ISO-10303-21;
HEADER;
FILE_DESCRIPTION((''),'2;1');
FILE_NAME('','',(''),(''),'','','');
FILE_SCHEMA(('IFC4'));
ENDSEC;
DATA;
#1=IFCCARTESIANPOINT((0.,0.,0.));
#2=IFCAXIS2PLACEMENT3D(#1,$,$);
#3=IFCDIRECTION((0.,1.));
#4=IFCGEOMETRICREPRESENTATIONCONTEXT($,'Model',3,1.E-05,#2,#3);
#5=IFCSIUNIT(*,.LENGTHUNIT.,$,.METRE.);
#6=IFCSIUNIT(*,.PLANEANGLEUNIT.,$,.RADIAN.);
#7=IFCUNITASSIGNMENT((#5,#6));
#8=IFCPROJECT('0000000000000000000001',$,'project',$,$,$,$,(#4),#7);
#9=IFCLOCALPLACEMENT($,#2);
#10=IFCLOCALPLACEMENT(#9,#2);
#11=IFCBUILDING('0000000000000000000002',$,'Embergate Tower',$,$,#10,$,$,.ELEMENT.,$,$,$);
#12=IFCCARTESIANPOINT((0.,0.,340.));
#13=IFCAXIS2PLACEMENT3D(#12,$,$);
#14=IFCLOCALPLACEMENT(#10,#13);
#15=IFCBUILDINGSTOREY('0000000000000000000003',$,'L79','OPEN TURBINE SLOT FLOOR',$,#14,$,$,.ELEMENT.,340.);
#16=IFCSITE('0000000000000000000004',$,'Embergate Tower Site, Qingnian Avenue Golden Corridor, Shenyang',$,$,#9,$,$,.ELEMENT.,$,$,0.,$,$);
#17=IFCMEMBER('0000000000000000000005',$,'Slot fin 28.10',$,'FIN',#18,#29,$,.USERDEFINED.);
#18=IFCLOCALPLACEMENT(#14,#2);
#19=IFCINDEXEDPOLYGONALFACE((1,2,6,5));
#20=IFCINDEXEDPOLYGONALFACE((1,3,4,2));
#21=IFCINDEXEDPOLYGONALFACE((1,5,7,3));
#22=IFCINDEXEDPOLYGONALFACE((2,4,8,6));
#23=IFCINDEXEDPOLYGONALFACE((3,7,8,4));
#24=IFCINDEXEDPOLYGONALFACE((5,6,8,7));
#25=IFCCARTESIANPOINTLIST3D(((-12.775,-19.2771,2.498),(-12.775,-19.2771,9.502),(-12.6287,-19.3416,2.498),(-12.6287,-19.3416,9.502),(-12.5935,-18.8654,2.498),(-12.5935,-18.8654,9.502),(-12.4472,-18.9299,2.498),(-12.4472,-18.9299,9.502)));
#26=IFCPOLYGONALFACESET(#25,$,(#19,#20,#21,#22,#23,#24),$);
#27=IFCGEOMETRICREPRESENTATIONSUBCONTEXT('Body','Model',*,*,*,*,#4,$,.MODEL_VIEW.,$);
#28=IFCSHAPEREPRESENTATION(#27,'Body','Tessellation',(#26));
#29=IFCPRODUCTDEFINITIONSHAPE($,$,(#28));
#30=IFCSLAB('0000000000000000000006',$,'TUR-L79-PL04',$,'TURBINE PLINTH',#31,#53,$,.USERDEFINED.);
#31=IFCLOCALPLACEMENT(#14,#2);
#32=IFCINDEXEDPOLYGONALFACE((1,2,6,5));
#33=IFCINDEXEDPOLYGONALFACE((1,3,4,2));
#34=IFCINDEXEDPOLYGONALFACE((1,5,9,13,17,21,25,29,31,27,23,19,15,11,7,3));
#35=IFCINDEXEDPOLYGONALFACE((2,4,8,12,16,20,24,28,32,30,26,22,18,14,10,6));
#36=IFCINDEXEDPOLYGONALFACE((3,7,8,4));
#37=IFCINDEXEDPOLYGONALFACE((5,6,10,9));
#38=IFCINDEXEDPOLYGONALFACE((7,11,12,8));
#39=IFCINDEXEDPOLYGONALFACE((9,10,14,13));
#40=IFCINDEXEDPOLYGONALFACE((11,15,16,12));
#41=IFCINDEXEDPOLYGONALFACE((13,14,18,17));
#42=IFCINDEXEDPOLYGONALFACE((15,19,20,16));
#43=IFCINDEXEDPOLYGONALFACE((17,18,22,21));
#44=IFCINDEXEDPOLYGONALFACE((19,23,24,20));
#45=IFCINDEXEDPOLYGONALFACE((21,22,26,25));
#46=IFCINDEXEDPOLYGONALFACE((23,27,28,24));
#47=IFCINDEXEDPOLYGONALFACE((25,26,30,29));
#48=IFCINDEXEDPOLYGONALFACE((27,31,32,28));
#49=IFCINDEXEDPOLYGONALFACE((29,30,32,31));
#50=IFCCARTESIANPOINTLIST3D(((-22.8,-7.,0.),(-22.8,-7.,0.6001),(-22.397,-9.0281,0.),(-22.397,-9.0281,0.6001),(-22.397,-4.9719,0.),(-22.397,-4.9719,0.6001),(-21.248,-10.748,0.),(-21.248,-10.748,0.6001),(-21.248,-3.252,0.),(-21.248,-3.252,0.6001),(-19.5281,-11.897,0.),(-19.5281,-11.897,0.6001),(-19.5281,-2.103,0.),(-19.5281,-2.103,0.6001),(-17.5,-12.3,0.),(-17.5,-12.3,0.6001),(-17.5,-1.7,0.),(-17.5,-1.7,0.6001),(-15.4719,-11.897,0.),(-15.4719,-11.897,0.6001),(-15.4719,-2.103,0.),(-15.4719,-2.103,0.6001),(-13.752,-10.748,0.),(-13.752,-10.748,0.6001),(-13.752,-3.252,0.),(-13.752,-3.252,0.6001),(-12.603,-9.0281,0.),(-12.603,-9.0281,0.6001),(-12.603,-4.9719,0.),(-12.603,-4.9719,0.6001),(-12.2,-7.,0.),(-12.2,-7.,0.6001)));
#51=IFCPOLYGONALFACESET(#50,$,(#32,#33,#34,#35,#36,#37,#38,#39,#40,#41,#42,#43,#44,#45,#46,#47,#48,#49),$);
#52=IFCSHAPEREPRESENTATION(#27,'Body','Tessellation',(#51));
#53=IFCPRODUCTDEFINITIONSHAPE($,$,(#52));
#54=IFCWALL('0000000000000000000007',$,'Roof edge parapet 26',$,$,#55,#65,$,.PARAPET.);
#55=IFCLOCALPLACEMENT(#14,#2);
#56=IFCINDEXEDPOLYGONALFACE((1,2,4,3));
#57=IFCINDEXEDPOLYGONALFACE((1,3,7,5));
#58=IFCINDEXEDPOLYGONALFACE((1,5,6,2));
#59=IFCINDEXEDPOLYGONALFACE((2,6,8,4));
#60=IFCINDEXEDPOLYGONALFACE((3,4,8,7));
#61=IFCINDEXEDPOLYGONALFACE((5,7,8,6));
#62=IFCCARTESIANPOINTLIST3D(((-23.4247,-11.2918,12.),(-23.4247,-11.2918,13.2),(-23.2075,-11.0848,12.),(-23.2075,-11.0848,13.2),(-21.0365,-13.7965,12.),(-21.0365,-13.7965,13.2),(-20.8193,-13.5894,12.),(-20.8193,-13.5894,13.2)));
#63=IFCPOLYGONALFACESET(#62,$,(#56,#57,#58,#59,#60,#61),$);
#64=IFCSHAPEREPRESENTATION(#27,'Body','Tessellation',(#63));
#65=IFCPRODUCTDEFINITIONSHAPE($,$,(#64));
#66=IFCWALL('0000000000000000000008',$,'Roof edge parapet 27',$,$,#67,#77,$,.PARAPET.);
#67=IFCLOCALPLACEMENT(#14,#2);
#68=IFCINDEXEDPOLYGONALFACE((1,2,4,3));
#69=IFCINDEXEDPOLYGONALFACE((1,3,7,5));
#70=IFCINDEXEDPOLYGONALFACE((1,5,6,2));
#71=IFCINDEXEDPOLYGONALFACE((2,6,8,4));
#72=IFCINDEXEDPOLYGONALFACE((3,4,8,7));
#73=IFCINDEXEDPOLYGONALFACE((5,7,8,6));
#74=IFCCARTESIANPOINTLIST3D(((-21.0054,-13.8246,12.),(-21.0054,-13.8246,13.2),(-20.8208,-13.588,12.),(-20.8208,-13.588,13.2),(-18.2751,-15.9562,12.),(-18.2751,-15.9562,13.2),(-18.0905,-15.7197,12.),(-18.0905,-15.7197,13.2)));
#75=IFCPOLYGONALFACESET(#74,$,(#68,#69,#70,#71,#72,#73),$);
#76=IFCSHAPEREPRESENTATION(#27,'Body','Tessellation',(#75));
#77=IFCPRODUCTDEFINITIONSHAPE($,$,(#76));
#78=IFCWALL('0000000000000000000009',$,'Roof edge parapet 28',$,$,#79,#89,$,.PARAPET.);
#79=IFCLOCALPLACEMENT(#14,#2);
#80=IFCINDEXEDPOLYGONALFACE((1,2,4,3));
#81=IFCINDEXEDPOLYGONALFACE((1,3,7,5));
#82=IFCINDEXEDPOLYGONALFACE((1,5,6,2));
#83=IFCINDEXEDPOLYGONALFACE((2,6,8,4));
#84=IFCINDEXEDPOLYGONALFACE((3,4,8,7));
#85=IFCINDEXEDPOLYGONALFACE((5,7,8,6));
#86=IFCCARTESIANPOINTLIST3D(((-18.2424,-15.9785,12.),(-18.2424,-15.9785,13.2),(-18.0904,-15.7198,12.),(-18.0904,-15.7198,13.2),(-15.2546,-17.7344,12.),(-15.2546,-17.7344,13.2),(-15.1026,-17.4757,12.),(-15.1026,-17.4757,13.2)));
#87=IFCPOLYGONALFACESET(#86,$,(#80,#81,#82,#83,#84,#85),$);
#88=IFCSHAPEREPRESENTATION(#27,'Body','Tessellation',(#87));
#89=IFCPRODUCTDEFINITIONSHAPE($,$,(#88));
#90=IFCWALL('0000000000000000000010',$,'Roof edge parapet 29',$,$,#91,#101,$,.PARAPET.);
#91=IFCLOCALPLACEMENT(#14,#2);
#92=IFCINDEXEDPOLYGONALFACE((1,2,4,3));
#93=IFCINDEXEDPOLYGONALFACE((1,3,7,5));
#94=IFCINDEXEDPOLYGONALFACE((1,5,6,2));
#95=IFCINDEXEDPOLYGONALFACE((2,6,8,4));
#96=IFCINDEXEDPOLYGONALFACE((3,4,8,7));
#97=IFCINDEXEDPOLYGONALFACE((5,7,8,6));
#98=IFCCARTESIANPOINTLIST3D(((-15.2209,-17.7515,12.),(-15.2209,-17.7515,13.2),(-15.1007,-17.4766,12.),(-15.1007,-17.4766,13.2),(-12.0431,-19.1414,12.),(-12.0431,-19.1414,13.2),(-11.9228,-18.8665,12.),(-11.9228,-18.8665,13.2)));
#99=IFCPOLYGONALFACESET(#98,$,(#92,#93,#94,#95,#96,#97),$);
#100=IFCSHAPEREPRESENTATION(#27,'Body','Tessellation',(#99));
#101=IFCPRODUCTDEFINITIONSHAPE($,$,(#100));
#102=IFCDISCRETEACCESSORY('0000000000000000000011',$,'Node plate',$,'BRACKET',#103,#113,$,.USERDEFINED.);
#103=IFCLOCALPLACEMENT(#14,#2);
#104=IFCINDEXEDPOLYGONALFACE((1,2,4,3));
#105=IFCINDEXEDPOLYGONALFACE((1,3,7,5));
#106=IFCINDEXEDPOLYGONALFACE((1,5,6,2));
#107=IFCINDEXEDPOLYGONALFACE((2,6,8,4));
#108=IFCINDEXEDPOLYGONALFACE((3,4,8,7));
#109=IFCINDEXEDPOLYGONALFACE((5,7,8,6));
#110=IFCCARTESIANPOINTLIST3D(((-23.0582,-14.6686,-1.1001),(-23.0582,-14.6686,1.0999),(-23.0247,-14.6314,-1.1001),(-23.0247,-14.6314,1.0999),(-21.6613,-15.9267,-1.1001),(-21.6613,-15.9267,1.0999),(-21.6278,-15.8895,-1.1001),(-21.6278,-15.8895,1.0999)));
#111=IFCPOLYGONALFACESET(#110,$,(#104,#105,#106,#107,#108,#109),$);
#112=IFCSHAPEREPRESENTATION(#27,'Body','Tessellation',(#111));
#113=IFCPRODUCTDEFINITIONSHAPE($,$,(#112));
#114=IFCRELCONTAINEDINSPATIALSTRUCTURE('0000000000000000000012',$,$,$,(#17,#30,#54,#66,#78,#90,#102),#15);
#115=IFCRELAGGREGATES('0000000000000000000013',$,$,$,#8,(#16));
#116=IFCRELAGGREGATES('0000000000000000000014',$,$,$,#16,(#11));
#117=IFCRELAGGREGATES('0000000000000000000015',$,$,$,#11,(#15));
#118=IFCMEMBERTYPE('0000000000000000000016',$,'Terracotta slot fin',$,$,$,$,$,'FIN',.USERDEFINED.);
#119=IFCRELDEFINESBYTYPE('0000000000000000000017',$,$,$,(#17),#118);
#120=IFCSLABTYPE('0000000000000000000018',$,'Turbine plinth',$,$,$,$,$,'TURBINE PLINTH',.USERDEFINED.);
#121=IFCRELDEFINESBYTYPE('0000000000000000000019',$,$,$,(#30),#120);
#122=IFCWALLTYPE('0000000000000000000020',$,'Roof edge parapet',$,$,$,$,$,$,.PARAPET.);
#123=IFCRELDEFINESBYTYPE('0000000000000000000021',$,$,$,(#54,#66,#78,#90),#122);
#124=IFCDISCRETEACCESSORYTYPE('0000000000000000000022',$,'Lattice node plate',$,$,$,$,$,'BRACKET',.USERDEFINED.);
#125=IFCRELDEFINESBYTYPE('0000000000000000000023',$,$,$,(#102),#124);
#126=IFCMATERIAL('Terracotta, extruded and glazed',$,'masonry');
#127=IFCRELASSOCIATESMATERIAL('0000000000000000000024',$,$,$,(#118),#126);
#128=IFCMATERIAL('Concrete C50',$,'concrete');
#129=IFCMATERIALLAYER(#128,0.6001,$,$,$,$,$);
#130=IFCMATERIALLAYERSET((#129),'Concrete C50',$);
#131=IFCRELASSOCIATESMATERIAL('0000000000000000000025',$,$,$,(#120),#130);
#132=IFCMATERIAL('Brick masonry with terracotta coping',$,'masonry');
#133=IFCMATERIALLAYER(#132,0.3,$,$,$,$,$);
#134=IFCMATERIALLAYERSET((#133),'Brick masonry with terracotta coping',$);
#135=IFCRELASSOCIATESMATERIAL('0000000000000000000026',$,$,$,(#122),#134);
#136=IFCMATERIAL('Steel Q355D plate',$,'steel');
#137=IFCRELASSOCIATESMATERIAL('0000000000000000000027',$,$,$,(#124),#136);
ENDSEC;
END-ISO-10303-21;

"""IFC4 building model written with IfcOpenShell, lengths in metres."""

from ifc_helpers import new_model, si_unit, direction, frame, frame_2d, origin, origin_2d, place, context, subcontext, project, spatial, polyline, rectangle, outline, extrude, source, transform, mapped, material, layer, layer_set, material_profile, profile_set, type_object, element, save


model = new_model("IFC4")

# Units and contexts
model_context = context("Model", 3, precision=1e-05, world=origin(), true_north=direction((0.0, 1.0)))
body_context = subcontext(model_context, "Body", "Model", "MODEL_VIEW")
ifc_project = project(units=[si_unit("LENGTHUNIT", "METRE"), si_unit("PLANEANGLEUNIT", "RADIAN")], contexts=[model_context])

# Site, building, storey
site_placement = place(None, origin())
site = spatial("IfcSite", under=ifc_project, at=site_placement, Name="Embergate Tower Site, Qingnian Avenue Golden Corridor, Shenyang", CompositionType="ELEMENT", RefElevation=0.0)
building_placement = place(site_placement, origin())
building = spatial("IfcBuilding", under=site, at=building_placement, Name="Embergate Tower", CompositionType="ELEMENT")
storey_placement = place(building_placement, frame((0.0, 0.0, 340.0)))
storey = spatial("IfcBuildingStorey", under=building, at=storey_placement, Name="L79", Description="OPEN TURBINE SLOT FLOOR", CompositionType="ELEMENT", Elevation=340.0)

# Shared definitions
ifc_material_1 = material(Name="Concrete C50", Category="concrete")

# Member
ifc_material_2 = material(Name="Terracotta, extruded and glazed", Category="masonry")
ifc_material_profile_1 = material_profile(ifc_material_2, rectangle(XDim=0.45, YDim=0.1599, at=origin_2d()), Name="TC 450x160")
ifc_profile_set_1 = profile_set([ifc_material_profile_1], Name="Terracotta, extruded and glazed")
member_type_1 = type_object("IfcMemberType", Name="Terracotta slot fin", ElementType="FIN", PredefinedType="USERDEFINED", material=ifc_profile_set_1)
shared_shape_1 = source(origin(), body_context, "Body", "SweptSolid", [
    extrude(rectangle(XDim=0.45, YDim=0.1599, at=origin_2d()), origin(), (0.0, 0.0, 1.0), 7.0039),
])
for number, where, z_axis, x_axis, name in (
    (1, (-12.6111, -19.1035, 2.498), (0.0, 0.0, 1.0), (0.403451, 0.915001, 0.0), "Slot fin 28.10"),
):
    element("IfcMember", number, at=place(storey_placement, frame(where, z_axis=z_axis, x_axis=x_axis)), inside=storey, type_object=member_type_1, Name=name, ObjectType="FIN", PredefinedType="USERDEFINED", context=body_context, shape_type="MappedRepresentation", body=[
        mapped(shared_shape_1, transform((0.0, 0.0, 0.0))),
    ])

# Slab
ifc_layer_1 = layer(ifc_material_1, 0.6001)
ifc_layer_set_1 = layer_set([ifc_layer_1], Name="Concrete C50")
slab_type = type_object("IfcSlabType", Name="Turbine plinth", ElementType="TURBINE PLINTH", PredefinedType="USERDEFINED", material=ifc_layer_set_1)
shared_shape_2 = source(origin(), body_context, "Body", "SweptSolid", [
    extrude(outline(polyline([(0.0, 0.0), (2.0281, 0.4031), (3.748, 1.552), (4.897, 3.272), (5.3, 5.3), (4.897, 7.3281), (3.748, 9.0481), (2.0281, 10.197), (0.0, 10.6001), (-2.0281, 10.197), (-3.748, 9.0481), (-4.897, 7.3281), (-5.3, 5.3), (-4.897, 3.272), (-3.748, 1.552), (-2.0281, 0.4031), (0.0, 0.0)])), origin(), (0.0, 0.0, 1.0), 0.6001),
])
slab_placement = place(storey_placement, frame((-17.5, -12.3, 0.0)))
element("IfcSlab", 2, at=slab_placement, inside=storey, type_object=slab_type, Name="TUR-L79-PL04", ObjectType="TURBINE PLINTH", PredefinedType="USERDEFINED", context=body_context, shape_type="MappedRepresentation", body=[
    mapped(shared_shape_2, transform((0.0, 0.0, 0.0))),
])

# Walls
ifc_material_3 = material(Name="Brick masonry with terracotta coping", Category="masonry")
ifc_layer_2 = layer(ifc_material_3, 0.3)
ifc_layer_set_2 = layer_set([ifc_layer_2], Name="Brick masonry with terracotta coping")
wall_type = type_object("IfcWallType", Name="Roof edge parapet", PredefinedType="PARAPET", material=ifc_layer_set_2)
shared_shape_3 = source(origin(), body_context, "Body", "SweptSolid", [
    extrude(rectangle(XDim=3.4607, YDim=0.3, at=frame_2d((1.7305, 0.0))), origin(), (0.0, 0.0, 1.0), 1.2),
])
wall_1_placement = place(storey_placement, frame((-23.3162, -11.1882, 12.0), z_axis=(0.0, 0.0, 1.0), x_axis=(0.690081, -0.723732, 0.0)))
element("IfcWall", 3, at=wall_1_placement, inside=storey, type_object=wall_type, Name="Roof edge parapet 26", PredefinedType="PARAPET", context=body_context, shape_type="MappedRepresentation", body=[
    mapped(shared_shape_3, transform((0.0, 0.0, 0.0))),
])
shared_shape_4 = source(origin(), body_context, "Body", "SweptSolid", [
    extrude(rectangle(XDim=3.4639, YDim=0.3, at=frame_2d((1.7319, 0.0))), origin(), (0.0, 0.0, 1.0), 1.2),
])
wall_2_placement = place(storey_placement, frame((-20.9131, -13.7063, 12.0), z_axis=(0.0, 0.0, 1.0), x_axis=(0.78822, -0.615394, 0.0)))
element("IfcWall", 4, at=wall_2_placement, inside=storey, type_object=wall_type, Name="Roof edge parapet 27", PredefinedType="PARAPET", context=body_context, shape_type="MappedRepresentation", body=[
    mapped(shared_shape_4, transform((0.0, 0.0, 0.0))),
])
shared_shape_5 = source(origin(), body_context, "Body", "SweptSolid", [
    extrude(rectangle(XDim=3.4656, YDim=0.3, at=frame_2d((1.7329, 0.0))), origin(), (0.0, 0.0, 1.0), 1.2),
])
wall_3_placement = place(storey_placement, frame((-18.1665, -15.8491, 12.0), z_axis=(0.0, 0.0, 1.0), x_axis=(0.862144, -0.506663, 0.0)))
element("IfcWall", 5, at=wall_3_placement, inside=storey, type_object=wall_type, Name="Roof edge parapet 28", PredefinedType="PARAPET", context=body_context, shape_type="MappedRepresentation", body=[
    mapped(shared_shape_5, transform((0.0, 0.0, 0.0))),
])
shared_shape_6 = source(origin(), body_context, "Body", "SweptSolid", [
    extrude(rectangle(XDim=3.4685, YDim=0.3, at=frame_2d((1.7344, 0.0))), origin(), (0.0, 0.0, 1.0), 1.2),
])
wall_4_placement = place(storey_placement, frame((-15.1609, -17.614, 12.0), z_axis=(0.0, 0.0, 1.0), x_axis=(0.916196, -0.40073, 0.0)))
element("IfcWall", 6, at=wall_4_placement, inside=storey, type_object=wall_type, Name="Roof edge parapet 29", PredefinedType="PARAPET", context=body_context, shape_type="MappedRepresentation", body=[
    mapped(shared_shape_6, transform((0.0, 0.0, 0.0))),
])

# Discrete accessory
ifc_material_4 = material(Name="Steel Q355D plate", Category="steel")
discrete_accessory_type = type_object("IfcDiscreteAccessoryType", Name="Lattice node plate", ElementType="BRACKET", PredefinedType="USERDEFINED", material=ifc_material_4)
shared_shape_7 = source(origin(), body_context, "Body", "SweptSolid", [
    extrude(rectangle(XDim=1.8799, YDim=0.05, at=origin_2d()), origin(), (0.0, 0.0, 1.0), 2.2),
])
discrete_accessory_placement = place(storey_placement, frame((-22.343, -15.2791, -1.1001), z_axis=(0.0, 0.0, 1.0), x_axis=(0.743075, -0.669208, 0.0)))
element("IfcDiscreteAccessory", 7, at=discrete_accessory_placement, inside=storey, type_object=discrete_accessory_type, Name="Node plate", ObjectType="BRACKET", PredefinedType="USERDEFINED", context=body_context, shape_type="MappedRepresentation", body=[
    mapped(shared_shape_7, transform((0.0, 0.0, 0.0))),
])

save(model, "model.ifc")
